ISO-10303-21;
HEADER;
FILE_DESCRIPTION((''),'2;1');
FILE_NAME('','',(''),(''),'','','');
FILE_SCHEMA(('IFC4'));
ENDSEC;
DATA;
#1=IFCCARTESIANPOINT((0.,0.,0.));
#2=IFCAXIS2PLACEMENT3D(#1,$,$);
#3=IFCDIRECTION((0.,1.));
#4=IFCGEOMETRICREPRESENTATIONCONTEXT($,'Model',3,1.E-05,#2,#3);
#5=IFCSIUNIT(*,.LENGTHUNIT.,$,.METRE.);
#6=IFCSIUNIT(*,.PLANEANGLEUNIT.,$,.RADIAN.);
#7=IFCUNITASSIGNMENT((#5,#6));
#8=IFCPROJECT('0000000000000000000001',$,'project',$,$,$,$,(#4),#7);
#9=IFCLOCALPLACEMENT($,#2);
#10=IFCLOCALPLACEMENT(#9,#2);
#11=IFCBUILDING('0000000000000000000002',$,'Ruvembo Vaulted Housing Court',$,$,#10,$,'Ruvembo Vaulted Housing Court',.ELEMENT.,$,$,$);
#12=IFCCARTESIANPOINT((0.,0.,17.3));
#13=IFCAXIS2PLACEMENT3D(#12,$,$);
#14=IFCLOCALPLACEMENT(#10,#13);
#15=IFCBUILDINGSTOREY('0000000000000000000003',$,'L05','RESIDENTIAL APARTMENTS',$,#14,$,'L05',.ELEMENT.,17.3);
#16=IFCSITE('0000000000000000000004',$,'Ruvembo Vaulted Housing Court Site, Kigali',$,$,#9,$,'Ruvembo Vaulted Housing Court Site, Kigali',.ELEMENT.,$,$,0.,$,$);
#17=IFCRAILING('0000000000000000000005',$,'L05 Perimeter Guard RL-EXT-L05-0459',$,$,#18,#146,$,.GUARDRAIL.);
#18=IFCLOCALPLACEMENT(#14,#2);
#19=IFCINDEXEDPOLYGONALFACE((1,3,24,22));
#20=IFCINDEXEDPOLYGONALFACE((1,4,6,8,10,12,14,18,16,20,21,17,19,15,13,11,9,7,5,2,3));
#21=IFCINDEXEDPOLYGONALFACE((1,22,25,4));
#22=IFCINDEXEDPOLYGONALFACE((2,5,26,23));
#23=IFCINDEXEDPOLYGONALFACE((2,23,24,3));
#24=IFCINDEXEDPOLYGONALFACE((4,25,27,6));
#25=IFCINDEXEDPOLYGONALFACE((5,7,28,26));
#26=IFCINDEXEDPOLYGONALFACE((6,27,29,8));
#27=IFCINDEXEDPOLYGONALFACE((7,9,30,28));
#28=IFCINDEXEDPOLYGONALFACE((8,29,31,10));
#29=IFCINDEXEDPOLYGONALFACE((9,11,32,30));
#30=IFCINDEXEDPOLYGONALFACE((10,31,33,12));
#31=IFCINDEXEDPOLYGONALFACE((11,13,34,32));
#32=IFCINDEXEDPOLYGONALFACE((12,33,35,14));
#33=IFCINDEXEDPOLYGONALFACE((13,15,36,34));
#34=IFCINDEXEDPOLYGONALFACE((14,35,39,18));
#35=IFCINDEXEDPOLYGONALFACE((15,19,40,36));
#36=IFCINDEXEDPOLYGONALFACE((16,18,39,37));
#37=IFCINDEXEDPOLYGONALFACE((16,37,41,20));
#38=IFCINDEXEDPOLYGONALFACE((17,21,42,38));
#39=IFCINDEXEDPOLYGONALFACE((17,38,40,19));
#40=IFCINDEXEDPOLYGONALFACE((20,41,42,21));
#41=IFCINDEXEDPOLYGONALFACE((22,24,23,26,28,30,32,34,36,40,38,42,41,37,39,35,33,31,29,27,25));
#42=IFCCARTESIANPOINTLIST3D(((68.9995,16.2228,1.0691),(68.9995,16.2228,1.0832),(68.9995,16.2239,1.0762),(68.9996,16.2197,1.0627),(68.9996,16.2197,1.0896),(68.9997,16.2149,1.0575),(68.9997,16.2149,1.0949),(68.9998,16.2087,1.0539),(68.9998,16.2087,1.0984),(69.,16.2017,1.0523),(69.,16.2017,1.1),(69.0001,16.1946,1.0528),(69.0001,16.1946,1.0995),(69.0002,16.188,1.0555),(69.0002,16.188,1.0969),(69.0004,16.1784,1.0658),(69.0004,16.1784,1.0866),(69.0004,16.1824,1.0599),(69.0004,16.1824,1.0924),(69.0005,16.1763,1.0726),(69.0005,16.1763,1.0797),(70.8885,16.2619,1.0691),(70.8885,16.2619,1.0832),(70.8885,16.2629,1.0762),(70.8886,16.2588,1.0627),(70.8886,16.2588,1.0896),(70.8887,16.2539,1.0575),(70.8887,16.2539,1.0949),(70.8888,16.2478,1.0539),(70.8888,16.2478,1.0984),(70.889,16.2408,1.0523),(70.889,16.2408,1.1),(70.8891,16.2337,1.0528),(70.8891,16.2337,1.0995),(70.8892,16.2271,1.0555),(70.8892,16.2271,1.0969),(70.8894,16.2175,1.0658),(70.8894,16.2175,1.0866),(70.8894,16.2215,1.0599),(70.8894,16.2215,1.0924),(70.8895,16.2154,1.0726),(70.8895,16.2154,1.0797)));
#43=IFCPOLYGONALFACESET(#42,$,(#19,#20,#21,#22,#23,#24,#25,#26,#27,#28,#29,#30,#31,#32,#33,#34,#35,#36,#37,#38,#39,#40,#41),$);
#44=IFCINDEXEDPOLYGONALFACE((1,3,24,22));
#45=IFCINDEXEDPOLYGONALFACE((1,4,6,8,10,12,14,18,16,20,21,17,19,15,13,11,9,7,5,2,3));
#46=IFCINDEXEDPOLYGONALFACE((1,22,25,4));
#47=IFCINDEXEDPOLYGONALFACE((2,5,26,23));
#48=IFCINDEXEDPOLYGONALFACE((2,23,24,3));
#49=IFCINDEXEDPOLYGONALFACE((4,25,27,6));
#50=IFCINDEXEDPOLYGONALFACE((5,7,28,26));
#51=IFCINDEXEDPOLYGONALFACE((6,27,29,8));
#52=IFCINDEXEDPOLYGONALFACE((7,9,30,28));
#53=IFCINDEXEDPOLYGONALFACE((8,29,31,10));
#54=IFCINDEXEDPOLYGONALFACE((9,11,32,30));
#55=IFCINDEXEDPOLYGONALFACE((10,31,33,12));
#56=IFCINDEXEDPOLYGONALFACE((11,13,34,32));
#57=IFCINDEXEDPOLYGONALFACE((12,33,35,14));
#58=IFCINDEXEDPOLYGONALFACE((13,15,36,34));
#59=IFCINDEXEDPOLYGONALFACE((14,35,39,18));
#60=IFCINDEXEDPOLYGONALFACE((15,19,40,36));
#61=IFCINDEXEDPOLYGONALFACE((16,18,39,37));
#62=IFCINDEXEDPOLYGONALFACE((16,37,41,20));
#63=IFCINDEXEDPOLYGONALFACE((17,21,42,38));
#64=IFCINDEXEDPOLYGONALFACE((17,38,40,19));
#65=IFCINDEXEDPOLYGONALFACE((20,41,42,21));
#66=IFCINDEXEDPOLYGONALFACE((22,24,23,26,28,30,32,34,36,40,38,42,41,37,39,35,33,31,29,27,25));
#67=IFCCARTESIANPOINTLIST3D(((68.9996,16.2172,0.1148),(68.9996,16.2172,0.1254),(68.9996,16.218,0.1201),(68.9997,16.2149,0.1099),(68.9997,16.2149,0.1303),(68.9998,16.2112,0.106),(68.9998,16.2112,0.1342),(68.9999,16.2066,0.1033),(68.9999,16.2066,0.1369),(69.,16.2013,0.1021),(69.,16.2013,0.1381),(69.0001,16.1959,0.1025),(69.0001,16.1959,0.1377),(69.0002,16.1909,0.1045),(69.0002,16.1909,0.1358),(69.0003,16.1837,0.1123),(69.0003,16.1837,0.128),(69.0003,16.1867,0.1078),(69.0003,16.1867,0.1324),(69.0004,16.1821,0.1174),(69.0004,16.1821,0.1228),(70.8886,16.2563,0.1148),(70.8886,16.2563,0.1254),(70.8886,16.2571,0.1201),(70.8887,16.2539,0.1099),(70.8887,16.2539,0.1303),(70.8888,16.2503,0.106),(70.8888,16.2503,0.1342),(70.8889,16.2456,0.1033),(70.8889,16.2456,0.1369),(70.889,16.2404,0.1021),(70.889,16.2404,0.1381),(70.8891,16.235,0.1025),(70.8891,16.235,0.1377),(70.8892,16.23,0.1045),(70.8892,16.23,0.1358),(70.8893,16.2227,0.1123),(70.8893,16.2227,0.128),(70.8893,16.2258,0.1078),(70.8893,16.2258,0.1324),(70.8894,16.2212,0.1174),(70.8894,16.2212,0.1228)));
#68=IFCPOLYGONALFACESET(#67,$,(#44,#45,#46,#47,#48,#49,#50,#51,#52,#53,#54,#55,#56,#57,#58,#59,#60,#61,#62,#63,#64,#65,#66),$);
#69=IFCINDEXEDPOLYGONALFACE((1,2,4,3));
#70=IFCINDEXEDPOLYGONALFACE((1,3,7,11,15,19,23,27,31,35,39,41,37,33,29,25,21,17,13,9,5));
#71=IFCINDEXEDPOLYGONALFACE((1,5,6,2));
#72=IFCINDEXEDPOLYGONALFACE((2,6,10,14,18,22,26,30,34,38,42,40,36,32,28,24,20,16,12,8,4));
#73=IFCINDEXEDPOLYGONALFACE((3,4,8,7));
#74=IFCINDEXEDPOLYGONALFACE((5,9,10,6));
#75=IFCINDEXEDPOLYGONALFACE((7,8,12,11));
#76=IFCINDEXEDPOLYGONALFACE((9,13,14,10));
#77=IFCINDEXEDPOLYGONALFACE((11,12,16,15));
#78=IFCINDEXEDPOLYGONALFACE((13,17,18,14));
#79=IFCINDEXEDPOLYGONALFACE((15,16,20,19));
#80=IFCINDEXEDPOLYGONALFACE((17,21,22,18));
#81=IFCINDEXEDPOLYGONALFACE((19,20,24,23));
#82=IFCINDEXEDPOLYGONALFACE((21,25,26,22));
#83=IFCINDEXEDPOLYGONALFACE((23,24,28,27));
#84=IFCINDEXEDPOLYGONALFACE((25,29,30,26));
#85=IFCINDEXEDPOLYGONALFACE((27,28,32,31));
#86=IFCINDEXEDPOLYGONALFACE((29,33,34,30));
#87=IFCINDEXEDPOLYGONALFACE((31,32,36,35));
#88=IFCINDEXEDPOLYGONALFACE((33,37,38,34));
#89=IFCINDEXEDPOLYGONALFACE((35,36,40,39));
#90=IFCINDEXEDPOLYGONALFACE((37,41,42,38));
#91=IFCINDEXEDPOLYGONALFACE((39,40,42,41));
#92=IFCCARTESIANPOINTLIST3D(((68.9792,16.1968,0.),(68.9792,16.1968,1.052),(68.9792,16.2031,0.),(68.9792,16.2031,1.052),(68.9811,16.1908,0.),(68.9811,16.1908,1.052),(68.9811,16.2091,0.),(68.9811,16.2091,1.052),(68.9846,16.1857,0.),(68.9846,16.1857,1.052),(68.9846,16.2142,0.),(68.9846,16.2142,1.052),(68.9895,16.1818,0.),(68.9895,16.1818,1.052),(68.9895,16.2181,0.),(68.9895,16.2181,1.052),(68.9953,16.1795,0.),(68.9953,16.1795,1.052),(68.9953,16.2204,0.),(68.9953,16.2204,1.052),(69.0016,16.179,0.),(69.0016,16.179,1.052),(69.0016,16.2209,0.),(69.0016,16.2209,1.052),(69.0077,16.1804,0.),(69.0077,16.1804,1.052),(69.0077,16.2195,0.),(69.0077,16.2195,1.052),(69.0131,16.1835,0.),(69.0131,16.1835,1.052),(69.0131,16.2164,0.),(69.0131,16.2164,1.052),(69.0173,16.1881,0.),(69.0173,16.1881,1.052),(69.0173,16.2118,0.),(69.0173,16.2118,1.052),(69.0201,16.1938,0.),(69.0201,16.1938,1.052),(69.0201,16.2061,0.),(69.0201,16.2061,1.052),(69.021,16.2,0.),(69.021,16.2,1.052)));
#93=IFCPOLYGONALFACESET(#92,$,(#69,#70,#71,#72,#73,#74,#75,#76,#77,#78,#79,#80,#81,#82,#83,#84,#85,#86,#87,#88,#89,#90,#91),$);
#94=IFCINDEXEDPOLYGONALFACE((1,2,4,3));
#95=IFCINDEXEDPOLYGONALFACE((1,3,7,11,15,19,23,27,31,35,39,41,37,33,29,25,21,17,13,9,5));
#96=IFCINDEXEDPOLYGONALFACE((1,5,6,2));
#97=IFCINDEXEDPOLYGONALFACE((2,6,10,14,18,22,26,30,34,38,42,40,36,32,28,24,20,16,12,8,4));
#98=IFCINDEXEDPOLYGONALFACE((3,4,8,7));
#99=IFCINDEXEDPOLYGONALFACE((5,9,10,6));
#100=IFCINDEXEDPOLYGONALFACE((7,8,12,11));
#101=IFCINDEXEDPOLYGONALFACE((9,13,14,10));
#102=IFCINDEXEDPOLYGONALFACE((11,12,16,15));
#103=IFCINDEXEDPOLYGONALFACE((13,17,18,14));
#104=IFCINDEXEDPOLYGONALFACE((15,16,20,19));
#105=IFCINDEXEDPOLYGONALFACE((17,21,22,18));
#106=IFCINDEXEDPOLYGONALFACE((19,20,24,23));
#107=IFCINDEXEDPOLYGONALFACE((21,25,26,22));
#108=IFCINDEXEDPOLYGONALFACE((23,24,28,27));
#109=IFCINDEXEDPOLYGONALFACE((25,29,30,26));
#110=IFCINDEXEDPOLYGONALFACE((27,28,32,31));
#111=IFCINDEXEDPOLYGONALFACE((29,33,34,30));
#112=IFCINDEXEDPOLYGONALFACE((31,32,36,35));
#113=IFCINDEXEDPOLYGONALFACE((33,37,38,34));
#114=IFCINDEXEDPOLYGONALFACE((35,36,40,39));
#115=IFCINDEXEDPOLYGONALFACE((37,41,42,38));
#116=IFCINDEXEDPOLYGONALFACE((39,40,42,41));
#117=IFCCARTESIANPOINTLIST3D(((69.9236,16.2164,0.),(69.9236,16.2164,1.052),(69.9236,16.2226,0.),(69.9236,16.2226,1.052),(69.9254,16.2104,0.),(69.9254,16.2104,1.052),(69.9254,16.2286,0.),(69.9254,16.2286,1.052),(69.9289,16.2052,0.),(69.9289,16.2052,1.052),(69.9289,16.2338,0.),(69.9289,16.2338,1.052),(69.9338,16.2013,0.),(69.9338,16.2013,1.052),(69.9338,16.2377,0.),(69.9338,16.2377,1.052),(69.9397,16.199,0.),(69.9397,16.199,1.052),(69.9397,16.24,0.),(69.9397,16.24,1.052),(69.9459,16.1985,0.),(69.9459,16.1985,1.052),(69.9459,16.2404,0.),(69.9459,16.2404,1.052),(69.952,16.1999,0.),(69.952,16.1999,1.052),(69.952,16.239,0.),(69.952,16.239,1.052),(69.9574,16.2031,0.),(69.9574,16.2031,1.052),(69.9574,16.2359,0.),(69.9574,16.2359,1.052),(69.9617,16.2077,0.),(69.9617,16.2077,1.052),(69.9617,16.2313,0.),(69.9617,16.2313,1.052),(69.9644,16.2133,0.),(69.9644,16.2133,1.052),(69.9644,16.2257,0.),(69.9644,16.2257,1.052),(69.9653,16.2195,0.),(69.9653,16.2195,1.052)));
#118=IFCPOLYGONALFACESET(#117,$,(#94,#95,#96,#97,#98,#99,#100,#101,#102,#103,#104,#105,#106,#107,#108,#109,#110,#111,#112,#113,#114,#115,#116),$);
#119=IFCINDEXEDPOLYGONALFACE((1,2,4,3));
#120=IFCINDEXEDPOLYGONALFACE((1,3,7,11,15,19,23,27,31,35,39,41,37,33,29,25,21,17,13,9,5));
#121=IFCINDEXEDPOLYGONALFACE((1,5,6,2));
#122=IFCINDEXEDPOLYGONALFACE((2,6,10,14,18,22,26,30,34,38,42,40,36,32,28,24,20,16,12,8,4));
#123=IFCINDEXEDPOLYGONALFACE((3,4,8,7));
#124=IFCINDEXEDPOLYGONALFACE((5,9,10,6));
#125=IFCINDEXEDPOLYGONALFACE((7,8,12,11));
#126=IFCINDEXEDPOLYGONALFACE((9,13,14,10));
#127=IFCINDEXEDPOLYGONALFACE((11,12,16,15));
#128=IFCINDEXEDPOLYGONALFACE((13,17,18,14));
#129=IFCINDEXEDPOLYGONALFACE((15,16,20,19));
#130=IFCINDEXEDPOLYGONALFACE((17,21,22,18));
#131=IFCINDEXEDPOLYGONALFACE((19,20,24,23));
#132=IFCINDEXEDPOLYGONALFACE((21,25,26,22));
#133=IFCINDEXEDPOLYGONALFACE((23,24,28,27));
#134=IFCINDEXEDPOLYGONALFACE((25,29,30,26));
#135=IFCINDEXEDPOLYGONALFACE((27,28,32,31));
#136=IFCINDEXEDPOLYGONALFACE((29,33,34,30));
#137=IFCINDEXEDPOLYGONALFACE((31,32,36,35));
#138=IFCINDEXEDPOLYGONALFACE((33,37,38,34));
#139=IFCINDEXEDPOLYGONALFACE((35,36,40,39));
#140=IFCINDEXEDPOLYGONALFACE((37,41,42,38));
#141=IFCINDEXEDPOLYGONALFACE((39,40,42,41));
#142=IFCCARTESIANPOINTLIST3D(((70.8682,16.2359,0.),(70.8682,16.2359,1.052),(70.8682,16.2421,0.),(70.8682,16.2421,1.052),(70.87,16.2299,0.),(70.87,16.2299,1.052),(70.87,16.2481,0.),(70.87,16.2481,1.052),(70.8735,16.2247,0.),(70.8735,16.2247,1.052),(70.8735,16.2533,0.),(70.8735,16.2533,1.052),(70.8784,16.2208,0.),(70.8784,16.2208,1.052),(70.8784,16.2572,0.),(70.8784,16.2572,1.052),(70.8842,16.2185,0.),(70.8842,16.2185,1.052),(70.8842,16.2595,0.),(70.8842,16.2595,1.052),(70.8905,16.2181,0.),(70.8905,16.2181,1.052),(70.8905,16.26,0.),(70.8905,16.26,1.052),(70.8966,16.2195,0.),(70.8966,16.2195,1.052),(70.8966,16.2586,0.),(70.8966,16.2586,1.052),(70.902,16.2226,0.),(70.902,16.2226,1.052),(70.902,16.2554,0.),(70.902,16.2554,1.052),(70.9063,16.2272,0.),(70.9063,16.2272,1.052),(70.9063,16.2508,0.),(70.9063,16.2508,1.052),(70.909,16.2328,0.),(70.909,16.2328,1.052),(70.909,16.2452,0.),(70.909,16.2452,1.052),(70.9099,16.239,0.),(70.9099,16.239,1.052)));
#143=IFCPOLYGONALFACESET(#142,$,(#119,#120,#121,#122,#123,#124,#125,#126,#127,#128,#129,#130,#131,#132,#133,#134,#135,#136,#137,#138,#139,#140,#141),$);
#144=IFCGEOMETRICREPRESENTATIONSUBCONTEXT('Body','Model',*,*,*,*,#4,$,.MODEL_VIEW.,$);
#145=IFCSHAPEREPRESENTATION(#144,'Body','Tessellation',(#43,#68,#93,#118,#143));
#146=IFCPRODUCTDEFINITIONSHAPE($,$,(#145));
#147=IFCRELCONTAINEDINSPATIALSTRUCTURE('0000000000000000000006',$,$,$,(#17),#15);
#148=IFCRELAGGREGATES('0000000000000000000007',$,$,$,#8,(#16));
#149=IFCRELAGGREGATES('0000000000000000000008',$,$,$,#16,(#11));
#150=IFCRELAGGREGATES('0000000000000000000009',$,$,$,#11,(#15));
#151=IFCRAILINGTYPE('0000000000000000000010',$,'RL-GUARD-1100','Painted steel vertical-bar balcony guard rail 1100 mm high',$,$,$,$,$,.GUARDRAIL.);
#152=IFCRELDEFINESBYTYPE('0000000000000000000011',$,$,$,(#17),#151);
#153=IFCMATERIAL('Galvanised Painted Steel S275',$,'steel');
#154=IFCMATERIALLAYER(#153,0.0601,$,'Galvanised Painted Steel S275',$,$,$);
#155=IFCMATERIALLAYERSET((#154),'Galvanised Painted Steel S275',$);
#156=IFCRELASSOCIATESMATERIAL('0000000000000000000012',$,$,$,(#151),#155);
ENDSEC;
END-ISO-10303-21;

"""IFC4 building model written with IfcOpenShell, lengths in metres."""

from ifc_helpers import new_model, si_unit, direction, frame, origin, origin_2d, place, context, subcontext, project, spatial, circle, extrude, material, layer, layer_set, type_object, element, save


model = new_model("IFC4")

# Units and contexts
model_context = context("Model", 3, precision=1e-05, world=origin(), true_north=direction((0.0, 1.0)))
body_context = subcontext(model_context, "Body", "Model", "MODEL_VIEW")
ifc_project = project(units=[si_unit("LENGTHUNIT", "METRE"), si_unit("PLANEANGLEUNIT", "RADIAN")], contexts=[model_context])

# Site, building, storey
site_placement = place(None, origin())
site = spatial("IfcSite", under=ifc_project, at=site_placement, Name="Ruvembo Vaulted Housing Court Site, Kigali", LongName="Ruvembo Vaulted Housing Court Site, Kigali", CompositionType="ELEMENT", RefElevation=0.0)
building_placement = place(site_placement, origin())
building = spatial("IfcBuilding", under=site, at=building_placement, Name="Ruvembo Vaulted Housing Court", LongName="Ruvembo Vaulted Housing Court", CompositionType="ELEMENT")
storey_placement = place(building_placement, frame((0.0, 0.0, 17.3)))
storey = spatial("IfcBuildingStorey", under=building, at=storey_placement, Name="L05", Description="RESIDENTIAL APARTMENTS", LongName="L05", CompositionType="ELEMENT", Elevation=17.3)

# Railing
ifc_material_1 = material(Name="Galvanised Painted Steel S275", Category="steel")
ifc_layer = layer(ifc_material_1, 0.0601, Name="Galvanised Painted Steel S275")
ifc_layer_set = layer_set([ifc_layer], Name="Galvanised Painted Steel S275")
railing_type = type_object("IfcRailingType", Name="RL-GUARD-1100", Description="Painted steel vertical-bar balcony guard rail 1100 mm high", PredefinedType="GUARDRAIL", material=ifc_layer_set)
railing_1_placement = place(storey_placement, frame((69.0, 16.2, 0.0)))
element("IfcRailing", 1, at=railing_1_placement, inside=storey, type_object=railing_type, Name="L05 Perimeter Guard RL-EXT-L05-0459", PredefinedType="GUARDRAIL", context=body_context, shape_type="SweptSolid", body=[
    extrude(circle(Radius=0.0239, at=origin_2d()), frame((0.0, 0.0, 1.0762), z_axis=(0.999786, 0.020675, 0.0), x_axis=(-0.020675, 0.999786, 0.0)), (0.0, 0.0, 1.0), 1.8894),
    extrude(circle(Radius=0.0181, at=origin_2d()), frame((0.0, 0.0, 0.1201), z_axis=(0.999786, 0.020675, 0.0), x_axis=(-0.020675, 0.999786, 0.0)), (0.0, 0.0, 1.0), 1.8894),
    extrude(circle(Radius=0.021, at=origin_2d()), origin(), (0.0, 0.0, 1.0), 1.052),
    extrude(circle(Radius=0.021, at=origin_2d()), frame((0.9443, 0.0195, 0.0)), (0.0, 0.0, 1.0), 1.052),
    extrude(circle(Radius=0.021, at=origin_2d()), frame((1.8889, 0.0391, 0.0)), (0.0, 0.0, 1.0), 1.052),
])

save(model, "model.ifc")
